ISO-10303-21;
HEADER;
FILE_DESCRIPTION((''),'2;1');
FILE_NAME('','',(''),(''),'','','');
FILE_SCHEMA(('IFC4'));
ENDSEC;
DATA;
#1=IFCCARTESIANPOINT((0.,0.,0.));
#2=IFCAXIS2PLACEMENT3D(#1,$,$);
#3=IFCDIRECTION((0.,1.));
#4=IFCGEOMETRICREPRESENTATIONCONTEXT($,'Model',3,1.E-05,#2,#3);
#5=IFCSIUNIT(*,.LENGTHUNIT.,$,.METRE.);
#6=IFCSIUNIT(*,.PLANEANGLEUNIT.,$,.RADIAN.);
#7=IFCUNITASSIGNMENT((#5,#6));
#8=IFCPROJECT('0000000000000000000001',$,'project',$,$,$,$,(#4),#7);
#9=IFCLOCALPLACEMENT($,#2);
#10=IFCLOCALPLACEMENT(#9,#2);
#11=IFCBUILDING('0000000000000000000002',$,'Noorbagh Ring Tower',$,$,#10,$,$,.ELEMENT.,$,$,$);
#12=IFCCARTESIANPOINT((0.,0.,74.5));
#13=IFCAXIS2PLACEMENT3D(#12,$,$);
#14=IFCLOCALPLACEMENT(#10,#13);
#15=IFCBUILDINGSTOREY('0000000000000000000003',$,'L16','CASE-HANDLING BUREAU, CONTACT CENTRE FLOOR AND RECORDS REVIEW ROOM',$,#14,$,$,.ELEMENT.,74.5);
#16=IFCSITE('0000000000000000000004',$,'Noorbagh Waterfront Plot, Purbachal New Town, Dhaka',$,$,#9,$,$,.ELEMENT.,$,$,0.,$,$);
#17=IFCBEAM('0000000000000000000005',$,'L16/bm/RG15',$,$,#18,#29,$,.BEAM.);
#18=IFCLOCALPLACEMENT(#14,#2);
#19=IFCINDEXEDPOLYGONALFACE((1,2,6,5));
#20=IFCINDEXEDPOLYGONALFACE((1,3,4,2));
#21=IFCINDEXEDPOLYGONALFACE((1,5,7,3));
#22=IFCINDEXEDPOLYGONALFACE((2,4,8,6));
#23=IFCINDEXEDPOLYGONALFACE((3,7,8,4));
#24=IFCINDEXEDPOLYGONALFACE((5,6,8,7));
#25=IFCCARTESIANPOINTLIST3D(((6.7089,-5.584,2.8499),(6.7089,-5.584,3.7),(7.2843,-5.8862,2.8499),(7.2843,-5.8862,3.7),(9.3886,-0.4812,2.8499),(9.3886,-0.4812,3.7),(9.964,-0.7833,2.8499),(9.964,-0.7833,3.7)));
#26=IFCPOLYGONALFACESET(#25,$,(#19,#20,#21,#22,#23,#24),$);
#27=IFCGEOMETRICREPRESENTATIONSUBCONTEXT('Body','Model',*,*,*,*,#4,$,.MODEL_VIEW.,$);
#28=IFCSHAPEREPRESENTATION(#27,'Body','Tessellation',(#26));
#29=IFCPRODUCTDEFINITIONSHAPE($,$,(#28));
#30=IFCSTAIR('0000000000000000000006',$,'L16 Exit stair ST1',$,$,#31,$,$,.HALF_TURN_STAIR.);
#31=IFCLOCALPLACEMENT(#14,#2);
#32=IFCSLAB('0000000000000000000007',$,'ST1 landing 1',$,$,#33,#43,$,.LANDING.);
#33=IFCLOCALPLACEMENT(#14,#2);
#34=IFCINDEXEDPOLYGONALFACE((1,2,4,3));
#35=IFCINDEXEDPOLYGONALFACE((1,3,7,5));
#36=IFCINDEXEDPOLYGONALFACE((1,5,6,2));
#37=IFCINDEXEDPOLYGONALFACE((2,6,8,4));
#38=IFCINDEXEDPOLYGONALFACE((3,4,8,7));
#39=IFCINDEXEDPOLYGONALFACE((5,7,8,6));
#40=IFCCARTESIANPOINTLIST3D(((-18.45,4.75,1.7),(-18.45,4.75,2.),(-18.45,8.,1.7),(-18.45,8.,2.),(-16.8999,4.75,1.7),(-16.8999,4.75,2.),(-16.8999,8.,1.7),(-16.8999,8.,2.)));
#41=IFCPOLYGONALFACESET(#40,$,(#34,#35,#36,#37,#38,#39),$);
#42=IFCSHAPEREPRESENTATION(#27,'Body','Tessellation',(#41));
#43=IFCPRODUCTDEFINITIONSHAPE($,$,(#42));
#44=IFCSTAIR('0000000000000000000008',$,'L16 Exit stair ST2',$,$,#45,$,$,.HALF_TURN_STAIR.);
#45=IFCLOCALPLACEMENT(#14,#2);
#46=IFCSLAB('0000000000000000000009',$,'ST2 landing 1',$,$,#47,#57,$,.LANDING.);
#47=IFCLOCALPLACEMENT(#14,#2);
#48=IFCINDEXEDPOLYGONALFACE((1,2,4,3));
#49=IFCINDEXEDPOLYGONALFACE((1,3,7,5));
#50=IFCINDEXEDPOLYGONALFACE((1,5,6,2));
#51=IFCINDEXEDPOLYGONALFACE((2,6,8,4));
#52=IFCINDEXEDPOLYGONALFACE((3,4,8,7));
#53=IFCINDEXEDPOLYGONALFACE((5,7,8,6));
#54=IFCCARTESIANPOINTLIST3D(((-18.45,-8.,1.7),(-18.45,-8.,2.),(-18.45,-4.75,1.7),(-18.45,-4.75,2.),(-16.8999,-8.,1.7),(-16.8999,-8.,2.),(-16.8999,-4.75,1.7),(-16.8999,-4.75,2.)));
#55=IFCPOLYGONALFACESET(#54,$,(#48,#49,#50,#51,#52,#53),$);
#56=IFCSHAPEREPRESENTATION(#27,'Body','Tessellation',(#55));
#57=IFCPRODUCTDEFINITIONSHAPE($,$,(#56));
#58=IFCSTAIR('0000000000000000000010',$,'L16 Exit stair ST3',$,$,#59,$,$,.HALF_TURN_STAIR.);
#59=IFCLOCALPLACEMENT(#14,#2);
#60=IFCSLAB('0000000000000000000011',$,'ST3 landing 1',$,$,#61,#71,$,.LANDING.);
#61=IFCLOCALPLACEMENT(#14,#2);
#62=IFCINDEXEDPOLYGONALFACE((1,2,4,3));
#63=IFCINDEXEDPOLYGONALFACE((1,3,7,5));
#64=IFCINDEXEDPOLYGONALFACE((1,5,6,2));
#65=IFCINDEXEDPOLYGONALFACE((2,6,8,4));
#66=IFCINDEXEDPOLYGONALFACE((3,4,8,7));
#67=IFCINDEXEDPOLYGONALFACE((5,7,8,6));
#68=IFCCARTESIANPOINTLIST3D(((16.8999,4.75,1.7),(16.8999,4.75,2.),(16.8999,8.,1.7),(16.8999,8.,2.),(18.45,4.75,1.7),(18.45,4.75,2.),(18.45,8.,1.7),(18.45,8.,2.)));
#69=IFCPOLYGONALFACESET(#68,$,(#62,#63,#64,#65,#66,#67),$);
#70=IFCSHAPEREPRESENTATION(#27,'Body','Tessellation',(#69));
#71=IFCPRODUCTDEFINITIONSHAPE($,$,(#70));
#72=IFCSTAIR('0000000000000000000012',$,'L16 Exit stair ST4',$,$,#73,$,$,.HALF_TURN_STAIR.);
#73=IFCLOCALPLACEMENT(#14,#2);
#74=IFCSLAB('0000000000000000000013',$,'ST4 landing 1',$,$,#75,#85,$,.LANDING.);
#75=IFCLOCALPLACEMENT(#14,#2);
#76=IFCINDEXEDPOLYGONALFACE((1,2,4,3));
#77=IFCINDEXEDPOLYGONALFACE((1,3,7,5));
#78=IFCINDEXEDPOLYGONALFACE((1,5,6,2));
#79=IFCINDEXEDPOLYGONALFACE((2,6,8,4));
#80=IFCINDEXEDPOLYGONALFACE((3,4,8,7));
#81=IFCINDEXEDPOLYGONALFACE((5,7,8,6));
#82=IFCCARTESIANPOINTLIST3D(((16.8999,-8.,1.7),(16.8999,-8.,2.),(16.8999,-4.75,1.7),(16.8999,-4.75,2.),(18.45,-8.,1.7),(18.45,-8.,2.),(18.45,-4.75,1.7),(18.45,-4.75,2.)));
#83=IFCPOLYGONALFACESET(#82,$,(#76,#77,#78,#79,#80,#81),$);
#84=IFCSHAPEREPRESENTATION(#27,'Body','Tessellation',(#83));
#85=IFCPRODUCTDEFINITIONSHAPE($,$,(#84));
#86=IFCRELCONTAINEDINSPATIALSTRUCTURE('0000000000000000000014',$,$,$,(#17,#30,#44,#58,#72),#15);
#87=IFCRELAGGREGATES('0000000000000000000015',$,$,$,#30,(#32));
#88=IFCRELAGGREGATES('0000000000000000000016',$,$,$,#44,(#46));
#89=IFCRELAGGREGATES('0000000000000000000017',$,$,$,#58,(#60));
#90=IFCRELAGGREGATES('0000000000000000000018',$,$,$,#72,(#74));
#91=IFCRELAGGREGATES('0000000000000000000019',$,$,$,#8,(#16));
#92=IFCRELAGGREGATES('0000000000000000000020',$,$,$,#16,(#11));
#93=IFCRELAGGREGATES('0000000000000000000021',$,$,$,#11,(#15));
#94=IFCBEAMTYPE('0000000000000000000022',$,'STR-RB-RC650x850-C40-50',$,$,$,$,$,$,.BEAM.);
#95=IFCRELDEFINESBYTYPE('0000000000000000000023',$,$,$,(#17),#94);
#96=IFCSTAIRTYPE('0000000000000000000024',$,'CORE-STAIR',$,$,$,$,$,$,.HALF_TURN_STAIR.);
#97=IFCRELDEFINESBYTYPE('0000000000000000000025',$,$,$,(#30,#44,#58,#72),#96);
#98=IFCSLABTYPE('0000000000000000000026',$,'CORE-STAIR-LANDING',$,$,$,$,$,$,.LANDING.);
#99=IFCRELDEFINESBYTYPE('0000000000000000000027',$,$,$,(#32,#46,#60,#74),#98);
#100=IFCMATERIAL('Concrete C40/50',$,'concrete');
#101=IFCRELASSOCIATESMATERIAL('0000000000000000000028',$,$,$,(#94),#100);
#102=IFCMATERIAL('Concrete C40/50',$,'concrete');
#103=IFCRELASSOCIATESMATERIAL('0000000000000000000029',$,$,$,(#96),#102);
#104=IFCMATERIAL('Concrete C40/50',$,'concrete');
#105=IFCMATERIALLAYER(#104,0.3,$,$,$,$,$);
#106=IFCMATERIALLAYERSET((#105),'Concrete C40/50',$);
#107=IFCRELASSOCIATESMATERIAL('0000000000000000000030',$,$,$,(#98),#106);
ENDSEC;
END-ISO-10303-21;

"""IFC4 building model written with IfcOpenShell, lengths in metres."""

from ifc_helpers import new_model, si_unit, direction, frame, origin, origin_2d, place, context, subcontext, project, spatial, polyline, rectangle, outline, extrude, material, layer, layer_set, material_profile, profile_set, type_object, element, aggregate, save


model = new_model("IFC4")

# Units and contexts
model_context = context("Model", 3, precision=1e-05, world=origin(), true_north=direction((0.0, 1.0)))
body_context = subcontext(model_context, "Body", "Model", "MODEL_VIEW")
ifc_project = project(units=[si_unit("LENGTHUNIT", "METRE"), si_unit("PLANEANGLEUNIT", "RADIAN")], contexts=[model_context])

# Site, building, storey
site_placement = place(None, origin())
site = spatial("IfcSite", under=ifc_project, at=site_placement, Name="Noorbagh Waterfront Plot, Purbachal New Town, Dhaka", CompositionType="ELEMENT", RefElevation=0.0)
building_placement = place(site_placement, origin())
building = spatial("IfcBuilding", under=site, at=building_placement, Name="Noorbagh Ring Tower", CompositionType="ELEMENT")
storey_placement = place(building_placement, frame((0.0, 0.0, 74.5)))
storey = spatial("IfcBuildingStorey", under=building, at=storey_placement, Name="L16", Description="CASE-HANDLING BUREAU, CONTACT CENTRE FLOOR AND RECORDS REVIEW ROOM", CompositionType="ELEMENT", Elevation=74.5)

# Beam
ifc_material_1 = material(Name="Concrete C40/50", Category="concrete")
ifc_material_profile_1 = material_profile(ifc_material_1, rectangle(XDim=0.6499, YDim=0.8501, at=origin_2d()), Name="RC650x850")
ifc_profile_set_1 = profile_set([ifc_material_profile_1], Name="Concrete C40/50")
beam_type = type_object("IfcBeamType", Name="STR-RB-RC650x850-C40-50", PredefinedType="BEAM", material=ifc_profile_set_1)
beam_placement = place(storey_placement, frame((6.9966, -5.7351, 3.2749), z_axis=(0.464933, 0.885346, 0.0), x_axis=(-0.885346, 0.464933, 0.0)))
element("IfcBeam", 1, at=beam_placement, inside=storey, type_object=beam_type, Name="L16/bm/RG15", PredefinedType="BEAM", context=body_context, shape_type="SweptSolid", body=[
    extrude(rectangle(XDim=0.6499, YDim=0.8501, at=origin_2d()), origin(), (0.0, 0.0, 1.0), 5.7637),
])

# Stairs, slabs
ifc_material_2 = material(Name="Concrete C40/50", Category="concrete")
stair_type = type_object("IfcStairType", Name="CORE-STAIR", PredefinedType="HALF_TURN_STAIR", material=ifc_material_2)
stair_1_placement = place(storey_placement, origin())
stair_1 = element("IfcStair", 2, at=stair_1_placement, inside=storey, type_object=stair_type, Name="L16 Exit stair ST1", PredefinedType="HALF_TURN_STAIR")
ifc_material_3 = material(Name="Concrete C40/50", Category="concrete")
ifc_layer_1 = layer(ifc_material_3, 0.3)
ifc_layer_set_1 = layer_set([ifc_layer_1], Name="Concrete C40/50")
slab_type_1 = type_object("IfcSlabType", Name="CORE-STAIR-LANDING", PredefinedType="LANDING", material=ifc_layer_set_1)
slab_1_placement = place(storey_placement, frame((0.0, 0.0, 1.7)))
slab_1 = element("IfcSlab", 3, at=slab_1_placement, type_object=slab_type_1, Name="ST1 landing 1", PredefinedType="LANDING", context=body_context, shape_type="SweptSolid", body=[
    extrude(outline(polyline([(-18.45, 4.75), (-16.8999, 4.75), (-16.8999, 8.0), (-18.45, 8.0), (-18.45, 4.75)])), origin(), (0.0, 0.0, 1.0), 0.3),
])
aggregate(stair_1, [slab_1])
stair_2_placement = place(storey_placement, origin())
stair_2 = element("IfcStair", 4, at=stair_2_placement, inside=storey, type_object=stair_type, Name="L16 Exit stair ST2", PredefinedType="HALF_TURN_STAIR")
slab_2_placement = place(storey_placement, frame((0.0, 0.0, 1.7)))
slab_2 = element("IfcSlab", 5, at=slab_2_placement, type_object=slab_type_1, Name="ST2 landing 1", PredefinedType="LANDING", context=body_context, shape_type="SweptSolid", body=[
    extrude(outline(polyline([(-18.45, -8.0), (-16.8999, -8.0), (-16.8999, -4.75), (-18.45, -4.75), (-18.45, -8.0)])), origin(), (0.0, 0.0, 1.0), 0.3),
])
aggregate(stair_2, [slab_2])
stair_3_placement = place(storey_placement, origin())
stair_3 = element("IfcStair", 6, at=stair_3_placement, inside=storey, type_object=stair_type, Name="L16 Exit stair ST3", PredefinedType="HALF_TURN_STAIR")
slab_3_placement = place(storey_placement, frame((0.0, 0.0, 1.7)))
slab_3 = element("IfcSlab", 7, at=slab_3_placement, type_object=slab_type_1, Name="ST3 landing 1", PredefinedType="LANDING", context=body_context, shape_type="SweptSolid", body=[
    extrude(outline(polyline([(18.45, 8.0), (16.8999, 8.0), (16.8999, 4.75), (18.45, 4.75), (18.45, 8.0)])), origin(), (0.0, 0.0, 1.0), 0.3),
])
aggregate(stair_3, [slab_3])
stair_4_placement = place(storey_placement, origin())
stair_4 = element("IfcStair", 8, at=stair_4_placement, inside=storey, type_object=stair_type, Name="L16 Exit stair ST4", PredefinedType="HALF_TURN_STAIR")
slab_4_placement = place(storey_placement, frame((0.0, 0.0, 1.7)))
slab_4 = element("IfcSlab", 9, at=slab_4_placement, type_object=slab_type_1, Name="ST4 landing 1", PredefinedType="LANDING", context=body_context, shape_type="SweptSolid", body=[
    extrude(outline(polyline([(18.45, -4.75), (16.8999, -4.75), (16.8999, -8.0), (18.45, -8.0), (18.45, -4.75)])), origin(), (0.0, 0.0, 1.0), 0.3),
])
aggregate(stair_4, [slab_4])

save(model, "model.ifc")
